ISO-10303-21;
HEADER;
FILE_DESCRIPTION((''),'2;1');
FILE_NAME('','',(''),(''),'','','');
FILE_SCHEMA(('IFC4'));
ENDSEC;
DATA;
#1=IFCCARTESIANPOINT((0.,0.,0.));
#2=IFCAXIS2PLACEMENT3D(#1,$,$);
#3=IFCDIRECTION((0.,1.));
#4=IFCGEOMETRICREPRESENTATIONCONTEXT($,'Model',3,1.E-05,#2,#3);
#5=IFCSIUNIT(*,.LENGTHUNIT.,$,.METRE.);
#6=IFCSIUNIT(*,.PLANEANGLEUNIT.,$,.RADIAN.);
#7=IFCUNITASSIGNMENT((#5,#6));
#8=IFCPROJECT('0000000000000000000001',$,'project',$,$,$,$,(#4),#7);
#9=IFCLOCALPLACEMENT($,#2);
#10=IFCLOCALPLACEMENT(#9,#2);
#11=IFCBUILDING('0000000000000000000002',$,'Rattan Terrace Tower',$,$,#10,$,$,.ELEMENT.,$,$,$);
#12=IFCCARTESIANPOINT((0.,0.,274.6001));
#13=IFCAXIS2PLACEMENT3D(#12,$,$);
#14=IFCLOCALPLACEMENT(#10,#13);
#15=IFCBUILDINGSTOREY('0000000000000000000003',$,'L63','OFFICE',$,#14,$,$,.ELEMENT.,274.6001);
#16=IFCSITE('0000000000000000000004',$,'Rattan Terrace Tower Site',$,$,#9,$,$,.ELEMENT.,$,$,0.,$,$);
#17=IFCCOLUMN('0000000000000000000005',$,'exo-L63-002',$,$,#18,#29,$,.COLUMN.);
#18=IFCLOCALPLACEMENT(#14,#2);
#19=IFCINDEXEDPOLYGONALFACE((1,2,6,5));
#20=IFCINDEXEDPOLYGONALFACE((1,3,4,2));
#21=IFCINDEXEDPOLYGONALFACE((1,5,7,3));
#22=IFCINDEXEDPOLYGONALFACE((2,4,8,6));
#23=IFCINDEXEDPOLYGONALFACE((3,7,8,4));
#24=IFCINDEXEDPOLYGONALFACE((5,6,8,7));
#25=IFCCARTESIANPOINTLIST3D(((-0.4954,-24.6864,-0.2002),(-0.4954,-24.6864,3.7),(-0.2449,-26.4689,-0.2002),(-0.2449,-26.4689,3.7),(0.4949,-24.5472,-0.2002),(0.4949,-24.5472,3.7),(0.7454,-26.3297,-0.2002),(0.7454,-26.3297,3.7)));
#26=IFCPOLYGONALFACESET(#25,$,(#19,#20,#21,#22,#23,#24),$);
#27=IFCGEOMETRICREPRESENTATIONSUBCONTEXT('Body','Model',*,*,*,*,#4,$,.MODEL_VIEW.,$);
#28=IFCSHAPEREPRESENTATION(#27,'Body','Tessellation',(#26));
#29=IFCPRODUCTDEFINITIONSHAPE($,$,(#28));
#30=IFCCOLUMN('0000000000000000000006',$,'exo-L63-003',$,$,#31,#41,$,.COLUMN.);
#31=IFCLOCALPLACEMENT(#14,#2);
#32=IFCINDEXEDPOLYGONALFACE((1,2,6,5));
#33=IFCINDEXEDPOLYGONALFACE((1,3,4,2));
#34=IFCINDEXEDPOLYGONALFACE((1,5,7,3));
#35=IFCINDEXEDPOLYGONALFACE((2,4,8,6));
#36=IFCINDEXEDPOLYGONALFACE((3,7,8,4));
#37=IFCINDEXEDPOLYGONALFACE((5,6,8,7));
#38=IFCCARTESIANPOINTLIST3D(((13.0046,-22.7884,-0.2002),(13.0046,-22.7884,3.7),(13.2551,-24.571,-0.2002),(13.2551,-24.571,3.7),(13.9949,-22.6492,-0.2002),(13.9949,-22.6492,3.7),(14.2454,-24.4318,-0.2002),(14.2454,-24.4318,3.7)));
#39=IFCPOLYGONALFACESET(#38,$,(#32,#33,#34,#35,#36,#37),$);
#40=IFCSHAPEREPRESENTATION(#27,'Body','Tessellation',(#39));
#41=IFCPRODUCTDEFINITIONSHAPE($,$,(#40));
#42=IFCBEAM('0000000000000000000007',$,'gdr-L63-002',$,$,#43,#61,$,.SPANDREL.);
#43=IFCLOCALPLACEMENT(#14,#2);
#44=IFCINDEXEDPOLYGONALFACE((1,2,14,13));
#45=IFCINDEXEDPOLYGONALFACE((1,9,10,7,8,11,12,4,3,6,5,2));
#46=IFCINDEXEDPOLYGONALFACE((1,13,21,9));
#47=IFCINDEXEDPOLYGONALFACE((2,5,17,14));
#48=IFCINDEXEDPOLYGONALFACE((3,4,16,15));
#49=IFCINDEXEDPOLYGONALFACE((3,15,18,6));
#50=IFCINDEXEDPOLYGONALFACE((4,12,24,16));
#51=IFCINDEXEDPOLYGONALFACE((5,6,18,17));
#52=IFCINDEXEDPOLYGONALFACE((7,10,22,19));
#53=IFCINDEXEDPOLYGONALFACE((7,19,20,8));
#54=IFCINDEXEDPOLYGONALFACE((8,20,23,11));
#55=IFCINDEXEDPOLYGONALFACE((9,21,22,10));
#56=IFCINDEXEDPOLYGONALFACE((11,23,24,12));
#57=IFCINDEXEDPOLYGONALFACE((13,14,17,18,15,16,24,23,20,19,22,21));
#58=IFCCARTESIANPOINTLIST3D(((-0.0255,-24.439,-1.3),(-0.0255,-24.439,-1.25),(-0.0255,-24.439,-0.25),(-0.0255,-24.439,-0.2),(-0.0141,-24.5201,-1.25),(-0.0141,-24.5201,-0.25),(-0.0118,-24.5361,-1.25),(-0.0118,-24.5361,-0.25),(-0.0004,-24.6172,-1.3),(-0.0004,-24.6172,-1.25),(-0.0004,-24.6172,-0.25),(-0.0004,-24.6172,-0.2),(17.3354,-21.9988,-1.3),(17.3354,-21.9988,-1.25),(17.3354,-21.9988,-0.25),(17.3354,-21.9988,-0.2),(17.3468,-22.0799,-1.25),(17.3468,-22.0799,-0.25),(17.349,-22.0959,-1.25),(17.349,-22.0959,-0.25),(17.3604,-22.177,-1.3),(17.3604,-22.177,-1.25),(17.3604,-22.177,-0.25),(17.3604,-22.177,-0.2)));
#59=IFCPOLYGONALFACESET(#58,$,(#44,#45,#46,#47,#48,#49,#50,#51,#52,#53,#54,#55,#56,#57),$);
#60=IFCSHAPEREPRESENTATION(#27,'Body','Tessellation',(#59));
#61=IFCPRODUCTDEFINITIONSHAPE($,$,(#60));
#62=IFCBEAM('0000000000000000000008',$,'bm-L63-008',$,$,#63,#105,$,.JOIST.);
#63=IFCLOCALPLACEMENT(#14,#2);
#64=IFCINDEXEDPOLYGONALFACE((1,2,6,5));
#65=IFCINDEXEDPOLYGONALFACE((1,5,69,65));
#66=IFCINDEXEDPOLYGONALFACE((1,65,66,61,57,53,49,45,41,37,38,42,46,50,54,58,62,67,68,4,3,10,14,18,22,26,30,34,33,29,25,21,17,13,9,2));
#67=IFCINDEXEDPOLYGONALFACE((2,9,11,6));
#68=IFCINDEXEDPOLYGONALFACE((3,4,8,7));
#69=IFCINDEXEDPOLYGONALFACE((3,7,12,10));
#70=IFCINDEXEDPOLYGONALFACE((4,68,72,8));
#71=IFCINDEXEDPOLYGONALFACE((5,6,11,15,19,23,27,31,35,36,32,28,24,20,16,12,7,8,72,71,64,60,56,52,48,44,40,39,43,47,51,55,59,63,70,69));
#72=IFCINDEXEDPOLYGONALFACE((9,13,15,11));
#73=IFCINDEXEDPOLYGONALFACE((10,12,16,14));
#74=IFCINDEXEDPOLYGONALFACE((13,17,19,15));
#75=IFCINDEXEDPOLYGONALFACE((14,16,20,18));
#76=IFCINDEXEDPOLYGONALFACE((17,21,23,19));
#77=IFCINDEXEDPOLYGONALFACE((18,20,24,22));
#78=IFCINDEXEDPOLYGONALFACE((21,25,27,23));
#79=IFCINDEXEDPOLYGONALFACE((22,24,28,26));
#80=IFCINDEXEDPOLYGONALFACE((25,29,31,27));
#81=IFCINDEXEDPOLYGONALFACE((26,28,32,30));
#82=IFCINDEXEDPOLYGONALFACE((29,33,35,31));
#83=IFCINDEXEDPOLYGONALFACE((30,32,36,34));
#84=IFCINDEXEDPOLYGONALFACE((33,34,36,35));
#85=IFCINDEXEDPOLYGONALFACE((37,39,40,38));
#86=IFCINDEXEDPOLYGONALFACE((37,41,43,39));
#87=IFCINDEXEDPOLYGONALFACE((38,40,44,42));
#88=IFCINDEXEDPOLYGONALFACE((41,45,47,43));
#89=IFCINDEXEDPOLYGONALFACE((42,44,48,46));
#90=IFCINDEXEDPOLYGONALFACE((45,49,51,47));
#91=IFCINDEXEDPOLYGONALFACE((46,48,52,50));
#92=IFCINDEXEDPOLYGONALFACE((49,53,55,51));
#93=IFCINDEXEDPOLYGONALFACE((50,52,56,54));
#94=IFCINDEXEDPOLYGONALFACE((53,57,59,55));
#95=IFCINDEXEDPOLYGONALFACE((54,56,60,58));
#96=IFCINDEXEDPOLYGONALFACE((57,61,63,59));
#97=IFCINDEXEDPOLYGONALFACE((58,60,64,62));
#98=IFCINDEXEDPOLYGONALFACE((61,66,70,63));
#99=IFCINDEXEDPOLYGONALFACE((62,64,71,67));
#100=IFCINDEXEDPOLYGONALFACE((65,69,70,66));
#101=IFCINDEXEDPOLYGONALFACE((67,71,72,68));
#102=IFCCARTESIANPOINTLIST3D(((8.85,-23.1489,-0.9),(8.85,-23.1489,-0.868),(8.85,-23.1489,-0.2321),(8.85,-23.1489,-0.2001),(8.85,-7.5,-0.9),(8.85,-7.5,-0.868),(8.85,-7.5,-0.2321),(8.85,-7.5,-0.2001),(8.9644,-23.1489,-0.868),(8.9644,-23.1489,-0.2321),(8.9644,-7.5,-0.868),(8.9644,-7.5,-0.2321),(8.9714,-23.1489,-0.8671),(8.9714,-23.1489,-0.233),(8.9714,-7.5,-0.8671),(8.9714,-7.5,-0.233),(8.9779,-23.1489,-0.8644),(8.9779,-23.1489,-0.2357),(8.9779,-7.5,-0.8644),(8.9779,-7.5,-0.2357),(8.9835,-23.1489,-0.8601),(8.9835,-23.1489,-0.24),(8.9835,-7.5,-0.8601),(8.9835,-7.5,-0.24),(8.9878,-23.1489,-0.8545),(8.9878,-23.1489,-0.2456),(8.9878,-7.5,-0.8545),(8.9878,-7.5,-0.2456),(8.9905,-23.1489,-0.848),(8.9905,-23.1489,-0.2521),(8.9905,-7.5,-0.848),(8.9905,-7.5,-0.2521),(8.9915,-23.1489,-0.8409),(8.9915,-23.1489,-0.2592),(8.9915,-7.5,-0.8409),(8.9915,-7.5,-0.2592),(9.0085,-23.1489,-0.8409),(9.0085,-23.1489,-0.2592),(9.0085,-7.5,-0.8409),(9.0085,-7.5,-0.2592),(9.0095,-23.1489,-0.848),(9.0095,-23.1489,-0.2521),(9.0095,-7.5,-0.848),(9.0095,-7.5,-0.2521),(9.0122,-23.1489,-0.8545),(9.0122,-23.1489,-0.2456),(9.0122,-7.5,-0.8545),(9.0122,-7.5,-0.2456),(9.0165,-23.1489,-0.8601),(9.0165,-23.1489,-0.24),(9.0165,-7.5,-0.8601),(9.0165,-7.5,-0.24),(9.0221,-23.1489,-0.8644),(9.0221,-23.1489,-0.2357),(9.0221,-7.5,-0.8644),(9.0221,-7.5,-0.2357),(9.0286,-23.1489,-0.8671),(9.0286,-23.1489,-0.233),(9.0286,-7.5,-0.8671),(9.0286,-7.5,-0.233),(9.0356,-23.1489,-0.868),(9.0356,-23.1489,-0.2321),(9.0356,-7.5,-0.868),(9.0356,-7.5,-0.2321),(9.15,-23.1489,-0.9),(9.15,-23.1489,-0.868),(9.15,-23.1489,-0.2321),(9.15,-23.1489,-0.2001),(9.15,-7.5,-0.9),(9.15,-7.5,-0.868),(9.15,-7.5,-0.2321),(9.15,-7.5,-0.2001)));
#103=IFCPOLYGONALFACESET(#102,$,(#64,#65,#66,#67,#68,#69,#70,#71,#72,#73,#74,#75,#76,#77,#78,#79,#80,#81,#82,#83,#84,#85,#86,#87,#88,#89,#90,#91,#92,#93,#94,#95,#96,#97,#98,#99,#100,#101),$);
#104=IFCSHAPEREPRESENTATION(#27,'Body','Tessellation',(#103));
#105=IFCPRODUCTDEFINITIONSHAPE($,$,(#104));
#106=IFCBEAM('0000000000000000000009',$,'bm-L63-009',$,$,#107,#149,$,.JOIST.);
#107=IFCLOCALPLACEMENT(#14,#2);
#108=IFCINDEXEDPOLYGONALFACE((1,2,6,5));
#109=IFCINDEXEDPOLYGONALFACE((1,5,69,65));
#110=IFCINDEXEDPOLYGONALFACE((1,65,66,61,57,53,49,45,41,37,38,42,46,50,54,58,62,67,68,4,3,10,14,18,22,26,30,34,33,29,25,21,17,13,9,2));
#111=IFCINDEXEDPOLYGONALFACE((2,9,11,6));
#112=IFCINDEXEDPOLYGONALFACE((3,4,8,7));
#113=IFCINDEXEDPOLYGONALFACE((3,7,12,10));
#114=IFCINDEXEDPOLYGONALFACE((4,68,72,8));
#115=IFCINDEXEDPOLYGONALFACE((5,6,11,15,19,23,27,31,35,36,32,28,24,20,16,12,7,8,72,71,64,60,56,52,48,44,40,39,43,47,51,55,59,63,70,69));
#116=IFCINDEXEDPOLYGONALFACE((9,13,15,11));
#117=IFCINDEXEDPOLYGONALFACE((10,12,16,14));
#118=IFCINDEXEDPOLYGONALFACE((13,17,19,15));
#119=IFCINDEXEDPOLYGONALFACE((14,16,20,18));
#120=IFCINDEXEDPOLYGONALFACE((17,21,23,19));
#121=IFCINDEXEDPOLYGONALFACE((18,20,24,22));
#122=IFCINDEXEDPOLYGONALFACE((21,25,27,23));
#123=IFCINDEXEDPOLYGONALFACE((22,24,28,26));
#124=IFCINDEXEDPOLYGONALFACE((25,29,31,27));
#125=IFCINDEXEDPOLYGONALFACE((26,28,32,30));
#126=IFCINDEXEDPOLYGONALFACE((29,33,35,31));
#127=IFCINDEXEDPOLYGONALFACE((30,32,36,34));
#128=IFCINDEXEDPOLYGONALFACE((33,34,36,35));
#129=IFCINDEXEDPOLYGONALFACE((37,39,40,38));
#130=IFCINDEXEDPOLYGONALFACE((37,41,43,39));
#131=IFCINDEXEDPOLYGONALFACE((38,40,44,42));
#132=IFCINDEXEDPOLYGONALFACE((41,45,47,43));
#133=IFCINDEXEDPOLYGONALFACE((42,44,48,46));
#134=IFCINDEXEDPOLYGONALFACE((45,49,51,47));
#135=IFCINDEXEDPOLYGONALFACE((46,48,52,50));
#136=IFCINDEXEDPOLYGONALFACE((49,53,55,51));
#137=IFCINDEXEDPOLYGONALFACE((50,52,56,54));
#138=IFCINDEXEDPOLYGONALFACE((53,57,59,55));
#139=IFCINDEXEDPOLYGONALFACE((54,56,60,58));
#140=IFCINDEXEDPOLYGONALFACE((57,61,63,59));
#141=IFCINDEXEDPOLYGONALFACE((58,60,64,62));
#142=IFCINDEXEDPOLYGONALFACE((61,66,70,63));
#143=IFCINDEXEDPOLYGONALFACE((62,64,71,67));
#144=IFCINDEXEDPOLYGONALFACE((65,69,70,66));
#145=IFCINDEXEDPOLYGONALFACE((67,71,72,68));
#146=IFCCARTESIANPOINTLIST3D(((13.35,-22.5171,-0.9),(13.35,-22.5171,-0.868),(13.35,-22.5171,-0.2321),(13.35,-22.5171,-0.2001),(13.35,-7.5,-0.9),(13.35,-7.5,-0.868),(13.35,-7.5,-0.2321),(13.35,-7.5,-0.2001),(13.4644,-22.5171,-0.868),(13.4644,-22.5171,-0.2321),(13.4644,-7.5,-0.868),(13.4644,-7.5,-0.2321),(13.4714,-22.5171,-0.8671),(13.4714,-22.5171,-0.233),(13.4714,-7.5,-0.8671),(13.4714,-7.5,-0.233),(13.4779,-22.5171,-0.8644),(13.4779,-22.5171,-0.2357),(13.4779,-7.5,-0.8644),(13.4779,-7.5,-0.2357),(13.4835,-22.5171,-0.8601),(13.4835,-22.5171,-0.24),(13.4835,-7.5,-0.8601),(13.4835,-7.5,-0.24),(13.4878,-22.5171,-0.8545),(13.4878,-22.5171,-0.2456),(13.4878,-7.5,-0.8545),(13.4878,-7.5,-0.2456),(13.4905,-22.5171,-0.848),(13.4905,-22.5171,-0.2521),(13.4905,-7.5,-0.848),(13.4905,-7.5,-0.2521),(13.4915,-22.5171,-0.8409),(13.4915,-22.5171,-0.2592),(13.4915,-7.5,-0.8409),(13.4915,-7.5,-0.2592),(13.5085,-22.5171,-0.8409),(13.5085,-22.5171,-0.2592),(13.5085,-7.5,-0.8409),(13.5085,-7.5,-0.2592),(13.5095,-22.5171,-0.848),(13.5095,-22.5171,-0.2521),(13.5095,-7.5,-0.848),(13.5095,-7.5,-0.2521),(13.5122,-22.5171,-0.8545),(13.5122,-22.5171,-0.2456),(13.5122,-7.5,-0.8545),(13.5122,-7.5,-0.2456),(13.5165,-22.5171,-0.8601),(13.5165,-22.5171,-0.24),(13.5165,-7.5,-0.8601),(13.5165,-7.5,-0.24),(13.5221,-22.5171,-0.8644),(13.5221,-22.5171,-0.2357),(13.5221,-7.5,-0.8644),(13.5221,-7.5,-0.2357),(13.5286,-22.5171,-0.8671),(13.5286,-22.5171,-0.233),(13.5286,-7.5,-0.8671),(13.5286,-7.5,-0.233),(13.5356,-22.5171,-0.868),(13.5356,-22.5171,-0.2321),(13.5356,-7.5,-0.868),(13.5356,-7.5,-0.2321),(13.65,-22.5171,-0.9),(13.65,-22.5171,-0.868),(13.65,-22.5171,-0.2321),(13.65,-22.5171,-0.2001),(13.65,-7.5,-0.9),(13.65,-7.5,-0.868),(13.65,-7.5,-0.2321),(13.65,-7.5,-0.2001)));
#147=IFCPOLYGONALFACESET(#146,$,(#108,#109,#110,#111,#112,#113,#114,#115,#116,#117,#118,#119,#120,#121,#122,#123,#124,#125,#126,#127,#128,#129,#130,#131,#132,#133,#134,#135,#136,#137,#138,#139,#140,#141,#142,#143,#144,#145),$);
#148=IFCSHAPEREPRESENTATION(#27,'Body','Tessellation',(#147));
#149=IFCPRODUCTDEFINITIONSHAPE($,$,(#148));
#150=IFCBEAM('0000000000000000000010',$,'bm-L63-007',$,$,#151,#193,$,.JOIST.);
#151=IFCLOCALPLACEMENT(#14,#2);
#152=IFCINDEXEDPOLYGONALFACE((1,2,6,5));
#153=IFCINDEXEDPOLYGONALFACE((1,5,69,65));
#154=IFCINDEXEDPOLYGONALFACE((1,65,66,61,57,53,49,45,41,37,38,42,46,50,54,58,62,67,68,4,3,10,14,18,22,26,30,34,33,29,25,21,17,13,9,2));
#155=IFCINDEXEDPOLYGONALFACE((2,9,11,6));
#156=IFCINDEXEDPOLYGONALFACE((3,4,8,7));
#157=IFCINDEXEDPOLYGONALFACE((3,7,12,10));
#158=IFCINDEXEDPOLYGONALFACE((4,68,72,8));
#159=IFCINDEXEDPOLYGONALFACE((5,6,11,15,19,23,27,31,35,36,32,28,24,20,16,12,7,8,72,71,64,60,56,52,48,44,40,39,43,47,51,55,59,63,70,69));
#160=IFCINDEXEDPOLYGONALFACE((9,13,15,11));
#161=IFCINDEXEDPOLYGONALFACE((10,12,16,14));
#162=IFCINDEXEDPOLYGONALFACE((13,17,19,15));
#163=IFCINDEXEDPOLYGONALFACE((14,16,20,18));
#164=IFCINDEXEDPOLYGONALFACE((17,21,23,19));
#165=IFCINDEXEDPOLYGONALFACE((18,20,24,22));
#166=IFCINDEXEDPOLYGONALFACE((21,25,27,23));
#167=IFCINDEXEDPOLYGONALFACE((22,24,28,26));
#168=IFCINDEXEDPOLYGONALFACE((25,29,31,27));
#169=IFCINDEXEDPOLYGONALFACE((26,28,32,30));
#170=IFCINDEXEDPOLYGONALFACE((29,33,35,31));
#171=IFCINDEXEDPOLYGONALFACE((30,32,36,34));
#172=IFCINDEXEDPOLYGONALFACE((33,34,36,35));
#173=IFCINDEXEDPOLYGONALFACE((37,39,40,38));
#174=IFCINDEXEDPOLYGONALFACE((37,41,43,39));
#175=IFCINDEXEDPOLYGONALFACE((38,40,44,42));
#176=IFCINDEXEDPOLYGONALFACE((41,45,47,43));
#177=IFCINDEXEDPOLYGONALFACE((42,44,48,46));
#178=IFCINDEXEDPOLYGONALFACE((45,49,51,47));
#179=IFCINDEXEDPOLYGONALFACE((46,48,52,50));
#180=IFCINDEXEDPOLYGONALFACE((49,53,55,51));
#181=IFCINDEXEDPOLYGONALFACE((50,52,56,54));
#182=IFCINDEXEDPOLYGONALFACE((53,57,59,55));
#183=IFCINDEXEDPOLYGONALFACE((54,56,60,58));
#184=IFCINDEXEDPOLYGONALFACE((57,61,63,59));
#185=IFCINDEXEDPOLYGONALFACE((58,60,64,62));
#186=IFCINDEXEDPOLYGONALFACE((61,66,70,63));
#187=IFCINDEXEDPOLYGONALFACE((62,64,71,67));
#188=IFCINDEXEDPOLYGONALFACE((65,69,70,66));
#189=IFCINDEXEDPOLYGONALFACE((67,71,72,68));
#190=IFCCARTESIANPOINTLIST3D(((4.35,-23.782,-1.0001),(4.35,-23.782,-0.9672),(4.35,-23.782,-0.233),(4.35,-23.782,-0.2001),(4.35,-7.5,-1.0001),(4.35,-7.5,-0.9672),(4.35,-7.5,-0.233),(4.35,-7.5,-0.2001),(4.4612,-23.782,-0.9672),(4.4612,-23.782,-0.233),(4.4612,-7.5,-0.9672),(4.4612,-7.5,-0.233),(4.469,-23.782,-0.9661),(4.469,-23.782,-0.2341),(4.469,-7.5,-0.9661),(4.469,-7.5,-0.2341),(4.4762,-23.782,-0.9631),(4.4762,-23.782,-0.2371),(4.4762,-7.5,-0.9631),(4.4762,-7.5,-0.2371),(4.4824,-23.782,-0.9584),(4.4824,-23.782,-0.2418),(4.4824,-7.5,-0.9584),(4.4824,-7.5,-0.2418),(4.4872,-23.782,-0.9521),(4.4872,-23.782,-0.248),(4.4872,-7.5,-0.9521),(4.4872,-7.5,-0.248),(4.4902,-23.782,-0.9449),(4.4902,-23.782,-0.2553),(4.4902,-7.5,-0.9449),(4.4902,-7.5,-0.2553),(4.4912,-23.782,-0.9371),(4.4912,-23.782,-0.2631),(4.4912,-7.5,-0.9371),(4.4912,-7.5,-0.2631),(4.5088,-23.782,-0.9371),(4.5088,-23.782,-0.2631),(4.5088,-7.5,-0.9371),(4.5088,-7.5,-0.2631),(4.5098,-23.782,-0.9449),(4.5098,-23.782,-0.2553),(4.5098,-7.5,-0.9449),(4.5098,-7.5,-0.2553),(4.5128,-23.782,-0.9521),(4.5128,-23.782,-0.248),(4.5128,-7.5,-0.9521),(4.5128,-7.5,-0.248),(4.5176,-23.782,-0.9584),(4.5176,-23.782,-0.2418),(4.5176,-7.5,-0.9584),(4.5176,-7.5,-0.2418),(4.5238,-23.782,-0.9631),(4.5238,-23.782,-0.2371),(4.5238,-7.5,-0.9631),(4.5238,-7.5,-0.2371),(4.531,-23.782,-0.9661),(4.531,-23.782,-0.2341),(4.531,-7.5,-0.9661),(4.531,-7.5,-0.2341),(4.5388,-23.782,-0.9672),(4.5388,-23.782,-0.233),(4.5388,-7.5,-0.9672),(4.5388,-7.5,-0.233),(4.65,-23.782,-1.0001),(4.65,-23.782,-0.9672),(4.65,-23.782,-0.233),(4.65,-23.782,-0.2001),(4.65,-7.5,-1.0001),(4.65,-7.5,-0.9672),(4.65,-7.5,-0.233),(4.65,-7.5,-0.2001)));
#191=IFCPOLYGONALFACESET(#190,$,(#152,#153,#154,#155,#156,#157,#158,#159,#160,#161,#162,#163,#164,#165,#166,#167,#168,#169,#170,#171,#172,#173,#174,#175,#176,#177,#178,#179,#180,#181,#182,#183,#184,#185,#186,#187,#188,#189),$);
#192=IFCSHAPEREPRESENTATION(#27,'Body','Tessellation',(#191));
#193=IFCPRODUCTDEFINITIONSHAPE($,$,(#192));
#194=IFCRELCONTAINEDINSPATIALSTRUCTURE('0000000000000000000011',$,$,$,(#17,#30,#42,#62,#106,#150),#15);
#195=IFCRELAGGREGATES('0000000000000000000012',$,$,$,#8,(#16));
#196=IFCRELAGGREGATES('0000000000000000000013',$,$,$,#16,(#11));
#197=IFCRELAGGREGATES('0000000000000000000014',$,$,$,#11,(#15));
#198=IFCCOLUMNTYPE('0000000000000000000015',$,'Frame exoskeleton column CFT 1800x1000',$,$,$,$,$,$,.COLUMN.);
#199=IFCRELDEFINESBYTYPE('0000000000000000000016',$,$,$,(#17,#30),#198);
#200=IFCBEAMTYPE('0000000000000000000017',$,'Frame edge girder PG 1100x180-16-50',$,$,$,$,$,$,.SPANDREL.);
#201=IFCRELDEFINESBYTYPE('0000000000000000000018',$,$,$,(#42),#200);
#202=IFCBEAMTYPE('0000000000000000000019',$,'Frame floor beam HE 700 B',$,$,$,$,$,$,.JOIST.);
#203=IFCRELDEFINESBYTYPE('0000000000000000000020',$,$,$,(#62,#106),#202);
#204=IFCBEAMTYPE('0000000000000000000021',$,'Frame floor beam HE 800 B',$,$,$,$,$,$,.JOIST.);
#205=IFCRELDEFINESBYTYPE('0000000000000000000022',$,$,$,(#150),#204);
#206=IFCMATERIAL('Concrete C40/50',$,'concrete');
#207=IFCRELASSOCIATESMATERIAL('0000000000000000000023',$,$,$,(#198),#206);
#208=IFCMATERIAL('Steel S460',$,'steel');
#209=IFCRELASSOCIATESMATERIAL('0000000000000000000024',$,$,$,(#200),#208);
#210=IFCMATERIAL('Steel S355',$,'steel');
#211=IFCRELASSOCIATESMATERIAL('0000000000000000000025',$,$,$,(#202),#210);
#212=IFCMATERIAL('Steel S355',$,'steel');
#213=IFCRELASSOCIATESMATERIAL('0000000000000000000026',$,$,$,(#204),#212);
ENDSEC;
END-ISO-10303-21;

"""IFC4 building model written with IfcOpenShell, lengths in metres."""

from ifc_helpers import new_model, si_unit, direction, frame, origin, origin_2d, place, context, subcontext, project, spatial, rectangle, i_section, extrude, material, material_profile, profile_set, type_object, element, save


model = new_model("IFC4")

# Units and contexts
model_context = context("Model", 3, precision=1e-05, world=origin(), true_north=direction((0.0, 1.0)))
body_context = subcontext(model_context, "Body", "Model", "MODEL_VIEW")
ifc_project = project(units=[si_unit("LENGTHUNIT", "METRE"), si_unit("PLANEANGLEUNIT", "RADIAN")], contexts=[model_context])

# Site, building, storey
site_placement = place(None, origin())
site = spatial("IfcSite", under=ifc_project, at=site_placement, Name="Rattan Terrace Tower Site", CompositionType="ELEMENT", RefElevation=0.0)
building_placement = place(site_placement, origin())
building = spatial("IfcBuilding", under=site, at=building_placement, Name="Rattan Terrace Tower", CompositionType="ELEMENT")
storey_placement = place(building_placement, frame((0.0, 0.0, 274.6001)))
storey = spatial("IfcBuildingStorey", under=building, at=storey_placement, Name="L63", Description="OFFICE", CompositionType="ELEMENT", Elevation=274.6001)

# Columns
ifc_material_1 = material(Name="Concrete C40/50", Category="concrete")
ifc_material_profile_1 = material_profile(ifc_material_1, rectangle(XDim=1.0, YDim=1.8, at=origin_2d()), Name="CFT 1800x1000")
ifc_profile_set_1 = profile_set([ifc_material_profile_1], Name="Concrete C40/50")
column_type = type_object("IfcColumnType", Name="Frame exoskeleton column CFT 1800x1000", PredefinedType="COLUMN", material=ifc_profile_set_1)
for number, where, z_axis, x_axis, name in (
    (1, (0.125, -25.5081, -0.2002), (0.0, 0.0, 1.0), (0.990266, 0.13919, 0.0), "exo-L63-002"),
    (2, (13.625, -23.6101, -0.2002), (0.0, 0.0, 1.0), (0.990266, 0.13919, 0.0), "exo-L63-003"),
):
    element("IfcColumn", number, at=place(storey_placement, frame(where, z_axis=z_axis, x_axis=x_axis)), inside=storey, type_object=column_type, Name=name, PredefinedType="COLUMN", context=body_context, shape_type="SweptSolid", body=[
        extrude(rectangle(XDim=1.0, YDim=1.8, at=origin_2d()), origin(), (0.0, 0.0, 1.0), 3.9001),
    ])

# Beams
ifc_material_2 = material(Name="Steel S460", Category="steel")
ifc_material_profile_2 = material_profile(ifc_material_2, i_section(OverallWidth=0.1799, OverallDepth=1.1001, WebThickness=0.0161, FlangeThickness=0.05, at=origin_2d()), Name="PG 1100x180-16-50")
ifc_profile_set_2 = profile_set([ifc_material_profile_2], Name="Steel S460")
beam_type_1 = type_object("IfcBeamType", Name="Frame edge girder PG 1100x180-16-50", PredefinedType="SPANDREL", material=ifc_profile_set_2)
beam_1_placement = place(storey_placement, frame((17.3479, -22.0879, -0.75), z_axis=(-0.990266, -0.139189, 0.0), x_axis=(0.139189, -0.990266, 0.0)))
element("IfcBeam", 3, at=beam_1_placement, inside=storey, type_object=beam_type_1, Name="gdr-L63-002", PredefinedType="SPANDREL", context=body_context, shape_type="SweptSolid", body=[
    extrude(i_section(OverallWidth=0.1799, OverallDepth=1.1001, WebThickness=0.0161, FlangeThickness=0.05, at=origin_2d()), origin(), (0.0, 0.0, 1.0), 17.5315),
])
ifc_material_3 = material(Name="Steel S355", Category="steel")
ifc_material_profile_3 = material_profile(ifc_material_3, i_section(OverallWidth=0.3, OverallDepth=0.7, WebThickness=0.0171, FlangeThickness=0.032, FilletRadius=0.0271, at=origin_2d()), Name="HE 700 B")
ifc_profile_set_3 = profile_set([ifc_material_profile_3], Name="Steel S355")
beam_type_2 = type_object("IfcBeamType", Name="Frame floor beam HE 700 B", PredefinedType="JOIST", material=ifc_profile_set_3)
beam_2_placement = place(storey_placement, frame((9.0, -23.1489, -0.55), z_axis=(0.0, 1.0, 0.0), x_axis=(-1.0, 0.0, 0.0)))
element("IfcBeam", 4, at=beam_2_placement, inside=storey, type_object=beam_type_2, Name="bm-L63-008", PredefinedType="JOIST", context=body_context, shape_type="SweptSolid", body=[
    extrude(i_section(OverallWidth=0.3, OverallDepth=0.7, WebThickness=0.0171, FlangeThickness=0.032, FilletRadius=0.0271, at=origin_2d()), origin(), (0.0, 0.0, 1.0), 15.6489),
])
beam_3_placement = place(storey_placement, frame((13.5, -22.5171, -0.55), z_axis=(0.0, 1.0, 0.0), x_axis=(-1.0, 0.0, 0.0)))
element("IfcBeam", 5, at=beam_3_placement, inside=storey, type_object=beam_type_2, Name="bm-L63-009", PredefinedType="JOIST", context=body_context, shape_type="SweptSolid", body=[
    extrude(i_section(OverallWidth=0.3, OverallDepth=0.7, WebThickness=0.0171, FlangeThickness=0.032, FilletRadius=0.0271, at=origin_2d()), origin(), (0.0, 0.0, 1.0), 15.0171),
])
ifc_material_4 = material(Name="Steel S355", Category="steel")
ifc_material_profile_4 = material_profile(ifc_material_4, i_section(OverallWidth=0.3, OverallDepth=0.8, WebThickness=0.0176, FlangeThickness=0.033, FilletRadius=0.03, at=origin_2d()), Name="HE 800 B")
ifc_profile_set_4 = profile_set([ifc_material_profile_4], Name="Steel S355")
beam_type_3 = type_object("IfcBeamType", Name="Frame floor beam HE 800 B", PredefinedType="JOIST", material=ifc_profile_set_4)
beam_4_placement = place(storey_placement, frame((4.5, -23.782, -0.6001), z_axis=(0.0, 1.0, 0.0), x_axis=(-1.0, 0.0, 0.0)))
element("IfcBeam", 6, at=beam_4_placement, inside=storey, type_object=beam_type_3, Name="bm-L63-007", PredefinedType="JOIST", context=body_context, shape_type="SweptSolid", body=[
    extrude(i_section(OverallWidth=0.3, OverallDepth=0.8, WebThickness=0.0176, FlangeThickness=0.033, FilletRadius=0.03, at=origin_2d()), origin(), (0.0, 0.0, 1.0), 16.282),
])

save(model, "model.ifc")
